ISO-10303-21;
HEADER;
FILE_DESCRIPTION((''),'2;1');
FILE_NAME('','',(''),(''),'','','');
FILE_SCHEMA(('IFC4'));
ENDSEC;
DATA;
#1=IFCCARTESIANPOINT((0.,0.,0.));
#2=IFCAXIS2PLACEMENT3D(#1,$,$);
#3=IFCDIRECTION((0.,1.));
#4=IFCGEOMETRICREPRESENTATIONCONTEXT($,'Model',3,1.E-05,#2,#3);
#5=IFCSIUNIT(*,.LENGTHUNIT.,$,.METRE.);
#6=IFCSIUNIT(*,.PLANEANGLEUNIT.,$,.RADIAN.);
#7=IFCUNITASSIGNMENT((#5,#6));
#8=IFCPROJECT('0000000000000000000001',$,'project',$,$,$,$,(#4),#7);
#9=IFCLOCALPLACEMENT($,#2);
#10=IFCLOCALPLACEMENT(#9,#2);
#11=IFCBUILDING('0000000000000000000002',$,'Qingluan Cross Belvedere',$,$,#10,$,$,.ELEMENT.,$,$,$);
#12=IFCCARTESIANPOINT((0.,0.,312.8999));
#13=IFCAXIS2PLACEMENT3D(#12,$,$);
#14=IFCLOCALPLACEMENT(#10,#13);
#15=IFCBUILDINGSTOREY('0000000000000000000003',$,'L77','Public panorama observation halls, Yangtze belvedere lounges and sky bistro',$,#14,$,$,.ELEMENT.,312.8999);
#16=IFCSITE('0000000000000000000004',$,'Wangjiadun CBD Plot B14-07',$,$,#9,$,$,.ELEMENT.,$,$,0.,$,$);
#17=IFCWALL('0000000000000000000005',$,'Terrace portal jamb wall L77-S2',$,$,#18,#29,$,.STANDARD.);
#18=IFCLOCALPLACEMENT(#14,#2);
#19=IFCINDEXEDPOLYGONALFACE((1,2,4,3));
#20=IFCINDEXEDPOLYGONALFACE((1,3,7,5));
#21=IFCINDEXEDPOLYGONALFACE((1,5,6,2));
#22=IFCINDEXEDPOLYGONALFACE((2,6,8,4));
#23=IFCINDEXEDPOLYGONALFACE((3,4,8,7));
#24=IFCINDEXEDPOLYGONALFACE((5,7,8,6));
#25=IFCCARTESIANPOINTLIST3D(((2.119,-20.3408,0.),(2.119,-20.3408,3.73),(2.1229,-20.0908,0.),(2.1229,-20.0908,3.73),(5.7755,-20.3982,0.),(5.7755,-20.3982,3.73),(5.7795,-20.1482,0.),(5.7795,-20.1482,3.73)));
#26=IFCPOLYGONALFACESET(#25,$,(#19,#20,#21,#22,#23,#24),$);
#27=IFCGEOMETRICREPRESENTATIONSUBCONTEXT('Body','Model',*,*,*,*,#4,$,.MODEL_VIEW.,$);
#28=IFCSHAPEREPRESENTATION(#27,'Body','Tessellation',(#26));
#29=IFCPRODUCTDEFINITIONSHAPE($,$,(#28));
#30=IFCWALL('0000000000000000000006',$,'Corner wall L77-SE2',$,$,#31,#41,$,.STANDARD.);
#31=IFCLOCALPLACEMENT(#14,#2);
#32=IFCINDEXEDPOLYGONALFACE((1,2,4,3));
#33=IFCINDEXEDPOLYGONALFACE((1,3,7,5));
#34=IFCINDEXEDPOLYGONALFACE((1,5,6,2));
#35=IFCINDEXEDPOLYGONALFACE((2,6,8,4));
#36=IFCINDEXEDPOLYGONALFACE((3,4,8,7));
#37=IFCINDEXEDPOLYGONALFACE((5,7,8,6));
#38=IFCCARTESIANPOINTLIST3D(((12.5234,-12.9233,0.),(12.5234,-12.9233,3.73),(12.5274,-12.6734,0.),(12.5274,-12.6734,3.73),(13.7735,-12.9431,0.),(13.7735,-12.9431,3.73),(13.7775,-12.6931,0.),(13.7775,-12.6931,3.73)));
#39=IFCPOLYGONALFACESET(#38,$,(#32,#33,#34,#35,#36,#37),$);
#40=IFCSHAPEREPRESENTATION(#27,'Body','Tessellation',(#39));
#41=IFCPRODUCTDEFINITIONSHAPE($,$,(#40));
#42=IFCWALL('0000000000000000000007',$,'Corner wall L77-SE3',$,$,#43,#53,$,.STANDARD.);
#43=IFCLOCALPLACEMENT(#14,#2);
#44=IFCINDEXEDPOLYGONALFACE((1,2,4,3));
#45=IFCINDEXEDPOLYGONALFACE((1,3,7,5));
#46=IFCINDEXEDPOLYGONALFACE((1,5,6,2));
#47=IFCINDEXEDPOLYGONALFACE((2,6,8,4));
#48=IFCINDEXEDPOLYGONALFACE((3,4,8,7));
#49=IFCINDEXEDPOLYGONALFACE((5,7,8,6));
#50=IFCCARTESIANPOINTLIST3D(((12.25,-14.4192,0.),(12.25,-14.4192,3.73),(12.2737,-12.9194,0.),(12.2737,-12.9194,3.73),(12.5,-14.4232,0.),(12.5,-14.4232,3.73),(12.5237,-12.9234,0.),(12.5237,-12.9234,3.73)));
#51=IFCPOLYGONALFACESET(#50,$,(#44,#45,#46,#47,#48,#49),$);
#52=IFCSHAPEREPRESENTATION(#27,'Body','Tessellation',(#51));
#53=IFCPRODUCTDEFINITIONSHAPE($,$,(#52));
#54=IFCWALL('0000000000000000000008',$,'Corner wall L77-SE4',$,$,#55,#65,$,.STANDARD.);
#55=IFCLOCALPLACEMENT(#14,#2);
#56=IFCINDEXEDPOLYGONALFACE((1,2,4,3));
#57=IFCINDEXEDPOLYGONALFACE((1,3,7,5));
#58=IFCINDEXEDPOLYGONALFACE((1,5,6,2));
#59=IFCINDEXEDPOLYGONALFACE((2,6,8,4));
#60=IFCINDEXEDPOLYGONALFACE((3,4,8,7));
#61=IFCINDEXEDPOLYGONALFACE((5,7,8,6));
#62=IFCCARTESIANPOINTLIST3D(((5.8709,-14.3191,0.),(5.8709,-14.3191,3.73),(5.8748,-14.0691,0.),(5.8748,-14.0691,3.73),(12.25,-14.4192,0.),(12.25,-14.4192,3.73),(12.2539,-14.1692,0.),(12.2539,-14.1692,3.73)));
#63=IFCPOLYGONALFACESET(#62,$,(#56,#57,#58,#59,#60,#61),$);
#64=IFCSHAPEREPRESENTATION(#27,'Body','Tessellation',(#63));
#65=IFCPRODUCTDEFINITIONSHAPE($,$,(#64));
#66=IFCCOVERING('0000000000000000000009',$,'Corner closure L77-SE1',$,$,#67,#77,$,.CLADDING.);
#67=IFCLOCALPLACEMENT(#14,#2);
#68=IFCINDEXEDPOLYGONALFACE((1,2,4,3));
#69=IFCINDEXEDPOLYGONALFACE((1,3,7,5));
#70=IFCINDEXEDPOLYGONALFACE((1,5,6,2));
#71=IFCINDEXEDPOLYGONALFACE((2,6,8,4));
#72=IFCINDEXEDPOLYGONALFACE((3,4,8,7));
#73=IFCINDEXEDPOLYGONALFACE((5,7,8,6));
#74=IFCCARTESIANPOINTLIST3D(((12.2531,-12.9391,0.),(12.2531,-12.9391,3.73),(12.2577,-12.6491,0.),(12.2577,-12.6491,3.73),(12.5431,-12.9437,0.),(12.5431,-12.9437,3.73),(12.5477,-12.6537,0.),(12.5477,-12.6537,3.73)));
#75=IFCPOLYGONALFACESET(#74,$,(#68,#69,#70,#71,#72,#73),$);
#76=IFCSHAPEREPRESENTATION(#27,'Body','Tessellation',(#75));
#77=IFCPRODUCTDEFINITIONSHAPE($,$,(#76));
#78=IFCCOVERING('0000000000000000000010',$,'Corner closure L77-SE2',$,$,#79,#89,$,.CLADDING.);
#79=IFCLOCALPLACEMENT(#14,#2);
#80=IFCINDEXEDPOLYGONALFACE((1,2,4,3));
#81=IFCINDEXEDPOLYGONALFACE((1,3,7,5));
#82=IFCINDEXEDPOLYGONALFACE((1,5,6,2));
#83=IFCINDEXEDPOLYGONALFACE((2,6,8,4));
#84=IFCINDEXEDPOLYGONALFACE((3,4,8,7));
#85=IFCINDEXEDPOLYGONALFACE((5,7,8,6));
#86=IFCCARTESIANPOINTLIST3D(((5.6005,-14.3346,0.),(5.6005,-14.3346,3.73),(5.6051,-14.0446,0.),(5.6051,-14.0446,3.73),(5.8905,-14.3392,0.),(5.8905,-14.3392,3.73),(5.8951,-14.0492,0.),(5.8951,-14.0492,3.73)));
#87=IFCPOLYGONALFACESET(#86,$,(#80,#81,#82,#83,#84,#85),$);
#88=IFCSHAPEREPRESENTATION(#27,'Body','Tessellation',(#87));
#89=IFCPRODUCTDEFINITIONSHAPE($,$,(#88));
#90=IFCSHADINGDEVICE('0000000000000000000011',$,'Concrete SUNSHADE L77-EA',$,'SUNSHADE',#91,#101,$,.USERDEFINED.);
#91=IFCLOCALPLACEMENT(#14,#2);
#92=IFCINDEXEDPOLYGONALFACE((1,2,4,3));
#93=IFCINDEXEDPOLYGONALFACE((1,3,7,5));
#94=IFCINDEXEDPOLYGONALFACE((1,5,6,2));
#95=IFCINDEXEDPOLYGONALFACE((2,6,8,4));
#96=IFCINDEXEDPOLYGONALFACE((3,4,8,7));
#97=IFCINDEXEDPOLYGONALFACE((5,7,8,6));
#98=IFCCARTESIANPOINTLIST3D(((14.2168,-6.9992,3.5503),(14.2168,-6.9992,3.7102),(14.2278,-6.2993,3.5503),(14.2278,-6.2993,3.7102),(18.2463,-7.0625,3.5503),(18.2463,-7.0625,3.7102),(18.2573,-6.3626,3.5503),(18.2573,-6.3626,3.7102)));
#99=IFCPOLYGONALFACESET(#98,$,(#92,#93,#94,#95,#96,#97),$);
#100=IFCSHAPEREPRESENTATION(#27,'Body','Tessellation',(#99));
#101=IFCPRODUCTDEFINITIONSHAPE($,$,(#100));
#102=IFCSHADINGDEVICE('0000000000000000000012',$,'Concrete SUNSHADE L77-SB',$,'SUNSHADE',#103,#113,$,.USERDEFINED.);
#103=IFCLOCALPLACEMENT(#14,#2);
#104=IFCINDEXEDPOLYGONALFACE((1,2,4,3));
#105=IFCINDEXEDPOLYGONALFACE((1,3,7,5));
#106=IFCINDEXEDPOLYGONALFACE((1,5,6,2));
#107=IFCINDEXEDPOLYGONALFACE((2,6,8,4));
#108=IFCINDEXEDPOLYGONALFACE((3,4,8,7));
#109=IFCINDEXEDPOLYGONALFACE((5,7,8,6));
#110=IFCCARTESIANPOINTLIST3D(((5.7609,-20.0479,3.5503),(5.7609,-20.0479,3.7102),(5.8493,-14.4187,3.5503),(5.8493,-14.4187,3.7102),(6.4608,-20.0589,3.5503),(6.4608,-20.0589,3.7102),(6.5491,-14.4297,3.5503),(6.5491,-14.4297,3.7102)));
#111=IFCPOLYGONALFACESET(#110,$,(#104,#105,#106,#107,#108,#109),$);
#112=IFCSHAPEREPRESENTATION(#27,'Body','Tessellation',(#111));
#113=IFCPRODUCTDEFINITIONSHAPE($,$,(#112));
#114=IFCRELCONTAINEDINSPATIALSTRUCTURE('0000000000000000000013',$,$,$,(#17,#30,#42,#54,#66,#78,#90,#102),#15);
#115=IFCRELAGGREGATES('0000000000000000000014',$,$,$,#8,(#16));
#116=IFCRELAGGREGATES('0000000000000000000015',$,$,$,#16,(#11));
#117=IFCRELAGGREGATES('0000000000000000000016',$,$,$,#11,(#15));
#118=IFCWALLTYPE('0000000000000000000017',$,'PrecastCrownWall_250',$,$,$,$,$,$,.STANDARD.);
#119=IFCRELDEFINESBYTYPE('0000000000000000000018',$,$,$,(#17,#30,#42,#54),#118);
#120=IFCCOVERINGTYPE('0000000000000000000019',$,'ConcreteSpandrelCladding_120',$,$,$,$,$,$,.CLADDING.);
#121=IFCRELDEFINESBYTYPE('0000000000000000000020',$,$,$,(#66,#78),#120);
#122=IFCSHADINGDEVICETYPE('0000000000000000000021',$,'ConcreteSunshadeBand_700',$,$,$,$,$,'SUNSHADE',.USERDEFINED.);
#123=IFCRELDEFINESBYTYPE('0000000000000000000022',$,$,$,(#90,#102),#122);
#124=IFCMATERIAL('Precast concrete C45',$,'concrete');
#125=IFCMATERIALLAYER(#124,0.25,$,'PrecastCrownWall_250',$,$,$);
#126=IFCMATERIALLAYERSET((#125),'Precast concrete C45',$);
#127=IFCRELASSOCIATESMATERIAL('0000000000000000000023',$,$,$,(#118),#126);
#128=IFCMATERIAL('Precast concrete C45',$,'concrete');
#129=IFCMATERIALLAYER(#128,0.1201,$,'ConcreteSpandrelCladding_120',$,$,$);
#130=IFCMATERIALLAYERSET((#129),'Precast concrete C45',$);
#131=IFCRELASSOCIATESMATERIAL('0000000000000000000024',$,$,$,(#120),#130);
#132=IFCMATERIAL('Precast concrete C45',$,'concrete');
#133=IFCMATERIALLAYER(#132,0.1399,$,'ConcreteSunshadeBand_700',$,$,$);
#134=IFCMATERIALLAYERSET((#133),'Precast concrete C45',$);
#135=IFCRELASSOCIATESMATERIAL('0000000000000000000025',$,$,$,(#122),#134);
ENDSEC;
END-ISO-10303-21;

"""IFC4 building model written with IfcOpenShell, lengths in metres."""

from ifc_helpers import new_model, si_unit, direction, frame, frame_2d, origin, origin_2d, place, context, subcontext, project, spatial, rectangle, extrude, material, layer, layer_set, type_object, element, save


model = new_model("IFC4")

# Units and contexts
model_context = context("Model", 3, precision=1e-05, world=origin(), true_north=direction((0.0, 1.0)))
body_context = subcontext(model_context, "Body", "Model", "MODEL_VIEW")
ifc_project = project(units=[si_unit("LENGTHUNIT", "METRE"), si_unit("PLANEANGLEUNIT", "RADIAN")], contexts=[model_context])

# Site, building, storey
site_placement = place(None, origin())
site = spatial("IfcSite", under=ifc_project, at=site_placement, Name="Wangjiadun CBD Plot B14-07", CompositionType="ELEMENT", RefElevation=0.0)
building_placement = place(site_placement, origin())
building = spatial("IfcBuilding", under=site, at=building_placement, Name="Qingluan Cross Belvedere", CompositionType="ELEMENT")
storey_placement = place(building_placement, frame((0.0, 0.0, 312.8999)))
storey = spatial("IfcBuildingStorey", under=building, at=storey_placement, Name="L77", Description="Public panorama observation halls, Yangtze belvedere lounges and sky bistro", CompositionType="ELEMENT", Elevation=312.8999)

# Shared definitions
ifc_material_1 = material(Name="Precast concrete C45", Category="concrete")
ifc_layer_1 = layer(ifc_material_1, 0.25, Name="PrecastCrownWall_250")
ifc_layer_set_1 = layer_set([ifc_layer_1], Name="Precast concrete C45")
wall_type_1 = type_object("IfcWallType", Name="PrecastCrownWall_250", PredefinedType="STANDARD", material=ifc_layer_set_1)

# Walls
wall_1_placement = place(storey_placement, frame((2.1208, -20.2158, 0.0), z_axis=(0.0, 0.0, 1.0), x_axis=(0.999877, -0.015689, 0.0)))
element("IfcWall", 1, at=wall_1_placement, inside=storey, type_object=wall_type_1, Name="Terrace portal jamb wall L77-S2", PredefinedType="STANDARD", context=body_context, shape_type="SweptSolid", body=[
    extrude(rectangle(XDim=3.657, YDim=0.25, at=frame_2d((1.8286, 0.0))), origin(), (0.0, 0.0, 1.0), 3.73),
])
wall_2_placement = place(storey_placement, frame((13.7754, -12.8181, 0.0), z_axis=(0.0, 0.0, 1.0), x_axis=(-0.999875, 0.015818, 0.0)))
element("IfcWall", 2, at=wall_2_placement, inside=storey, type_object=wall_type_1, Name="Corner wall L77-SE2", PredefinedType="STANDARD", context=body_context, shape_type="SweptSolid", body=[
    extrude(rectangle(XDim=1.2502, YDim=0.25, at=frame_2d((0.625, 0.0))), origin(), (0.0, 0.0, 1.0), 3.73),
])
wall_3_placement = place(storey_placement, frame((12.3987, -12.9214, 0.0), z_axis=(0.0, 0.0, 1.0), x_axis=(-0.015788, -0.999875, 0.0)))
element("IfcWall", 3, at=wall_3_placement, inside=storey, type_object=wall_type_1, Name="Corner wall L77-SE3", PredefinedType="STANDARD", context=body_context, shape_type="SweptSolid", body=[
    extrude(rectangle(XDim=1.5, YDim=0.25, at=frame_2d((0.75, 0.0))), origin(), (0.0, 0.0, 1.0), 3.73),
])
wall_4_placement = place(storey_placement, frame((12.252, -14.2942, 0.0), z_axis=(0.0, 0.0, 1.0), x_axis=(-0.999877, 0.015689, 0.0)))
element("IfcWall", 4, at=wall_4_placement, inside=storey, type_object=wall_type_1, Name="Corner wall L77-SE4", PredefinedType="STANDARD", context=body_context, shape_type="SweptSolid", body=[
    extrude(rectangle(XDim=6.3799, YDim=0.25, at=frame_2d((3.1899, 0.0))), origin(), (0.0, 0.0, 1.0), 3.73),
])

# Coverings
ifc_material_2 = material(Name="Precast concrete C45", Category="concrete")
ifc_layer_2 = layer(ifc_material_2, 0.1201, Name="ConcreteSpandrelCladding_120")
ifc_layer_set_2 = layer_set([ifc_layer_2], Name="Precast concrete C45")
covering_type = type_object("IfcCoveringType", Name="ConcreteSpandrelCladding_120", PredefinedType="CLADDING", material=ifc_layer_set_2)
for number, where, z_axis, x_axis, name in (
    (5, (12.4004, -12.7964, 0.0), (0.0, 0.0, 1.0), (0.999877, -0.015707, 0.0), "Corner closure L77-SE1"),
    (6, (5.7478, -14.1919, 0.0), (0.0, 0.0, 1.0), (0.999877, -0.015707, 0.0), "Corner closure L77-SE2"),
):
    element("IfcCovering", number, at=place(storey_placement, frame(where, z_axis=z_axis, x_axis=x_axis)), inside=storey, type_object=covering_type, Name=name, PredefinedType="CLADDING", context=body_context, shape_type="SweptSolid", body=[
        extrude(rectangle(XDim=0.29, YDim=0.29, at=origin_2d()), origin(), (0.0, 0.0, 1.0), 3.73),
    ])

# Shading devices
ifc_material_3 = material(Name="Precast concrete C45", Category="concrete")
ifc_layer_3 = layer(ifc_material_3, 0.1399, Name="ConcreteSunshadeBand_700")
ifc_layer_set_3 = layer_set([ifc_layer_3], Name="Precast concrete C45")
shading_device_type = type_object("IfcShadingDeviceType", Name="ConcreteSunshadeBand_700", ElementType="SUNSHADE", PredefinedType="USERDEFINED", material=ifc_layer_set_3)
shading_device_1_placement = place(storey_placement, frame((16.2371, -6.6809, 3.5503), z_axis=(0.0, 0.0, 1.0), x_axis=(0.999877, -0.015697, 0.0)))
element("IfcShadingDevice", 7, at=shading_device_1_placement, inside=storey, type_object=shading_device_type, Name="Concrete SUNSHADE L77-EA", ObjectType="SUNSHADE", PredefinedType="USERDEFINED", context=body_context, shape_type="SweptSolid", body=[
    extrude(rectangle(XDim=4.03, YDim=0.7, at=origin_2d()), origin(), (0.0, 0.0, 1.0), 0.1599),
])
shading_device_2_placement = place(storey_placement, frame((6.155, -17.2388, 3.5503), z_axis=(0.0, 0.0, 1.0), x_axis=(0.015695, 0.999877, 0.0)))
element("IfcShadingDevice", 8, at=shading_device_2_placement, inside=storey, type_object=shading_device_type, Name="Concrete SUNSHADE L77-SB", ObjectType="SUNSHADE", PredefinedType="USERDEFINED", context=body_context, shape_type="SweptSolid", body=[
    extrude(rectangle(XDim=5.6299, YDim=0.7, at=origin_2d()), origin(), (0.0, 0.0, 1.0), 0.1599),
])

save(model, "model.ifc")
